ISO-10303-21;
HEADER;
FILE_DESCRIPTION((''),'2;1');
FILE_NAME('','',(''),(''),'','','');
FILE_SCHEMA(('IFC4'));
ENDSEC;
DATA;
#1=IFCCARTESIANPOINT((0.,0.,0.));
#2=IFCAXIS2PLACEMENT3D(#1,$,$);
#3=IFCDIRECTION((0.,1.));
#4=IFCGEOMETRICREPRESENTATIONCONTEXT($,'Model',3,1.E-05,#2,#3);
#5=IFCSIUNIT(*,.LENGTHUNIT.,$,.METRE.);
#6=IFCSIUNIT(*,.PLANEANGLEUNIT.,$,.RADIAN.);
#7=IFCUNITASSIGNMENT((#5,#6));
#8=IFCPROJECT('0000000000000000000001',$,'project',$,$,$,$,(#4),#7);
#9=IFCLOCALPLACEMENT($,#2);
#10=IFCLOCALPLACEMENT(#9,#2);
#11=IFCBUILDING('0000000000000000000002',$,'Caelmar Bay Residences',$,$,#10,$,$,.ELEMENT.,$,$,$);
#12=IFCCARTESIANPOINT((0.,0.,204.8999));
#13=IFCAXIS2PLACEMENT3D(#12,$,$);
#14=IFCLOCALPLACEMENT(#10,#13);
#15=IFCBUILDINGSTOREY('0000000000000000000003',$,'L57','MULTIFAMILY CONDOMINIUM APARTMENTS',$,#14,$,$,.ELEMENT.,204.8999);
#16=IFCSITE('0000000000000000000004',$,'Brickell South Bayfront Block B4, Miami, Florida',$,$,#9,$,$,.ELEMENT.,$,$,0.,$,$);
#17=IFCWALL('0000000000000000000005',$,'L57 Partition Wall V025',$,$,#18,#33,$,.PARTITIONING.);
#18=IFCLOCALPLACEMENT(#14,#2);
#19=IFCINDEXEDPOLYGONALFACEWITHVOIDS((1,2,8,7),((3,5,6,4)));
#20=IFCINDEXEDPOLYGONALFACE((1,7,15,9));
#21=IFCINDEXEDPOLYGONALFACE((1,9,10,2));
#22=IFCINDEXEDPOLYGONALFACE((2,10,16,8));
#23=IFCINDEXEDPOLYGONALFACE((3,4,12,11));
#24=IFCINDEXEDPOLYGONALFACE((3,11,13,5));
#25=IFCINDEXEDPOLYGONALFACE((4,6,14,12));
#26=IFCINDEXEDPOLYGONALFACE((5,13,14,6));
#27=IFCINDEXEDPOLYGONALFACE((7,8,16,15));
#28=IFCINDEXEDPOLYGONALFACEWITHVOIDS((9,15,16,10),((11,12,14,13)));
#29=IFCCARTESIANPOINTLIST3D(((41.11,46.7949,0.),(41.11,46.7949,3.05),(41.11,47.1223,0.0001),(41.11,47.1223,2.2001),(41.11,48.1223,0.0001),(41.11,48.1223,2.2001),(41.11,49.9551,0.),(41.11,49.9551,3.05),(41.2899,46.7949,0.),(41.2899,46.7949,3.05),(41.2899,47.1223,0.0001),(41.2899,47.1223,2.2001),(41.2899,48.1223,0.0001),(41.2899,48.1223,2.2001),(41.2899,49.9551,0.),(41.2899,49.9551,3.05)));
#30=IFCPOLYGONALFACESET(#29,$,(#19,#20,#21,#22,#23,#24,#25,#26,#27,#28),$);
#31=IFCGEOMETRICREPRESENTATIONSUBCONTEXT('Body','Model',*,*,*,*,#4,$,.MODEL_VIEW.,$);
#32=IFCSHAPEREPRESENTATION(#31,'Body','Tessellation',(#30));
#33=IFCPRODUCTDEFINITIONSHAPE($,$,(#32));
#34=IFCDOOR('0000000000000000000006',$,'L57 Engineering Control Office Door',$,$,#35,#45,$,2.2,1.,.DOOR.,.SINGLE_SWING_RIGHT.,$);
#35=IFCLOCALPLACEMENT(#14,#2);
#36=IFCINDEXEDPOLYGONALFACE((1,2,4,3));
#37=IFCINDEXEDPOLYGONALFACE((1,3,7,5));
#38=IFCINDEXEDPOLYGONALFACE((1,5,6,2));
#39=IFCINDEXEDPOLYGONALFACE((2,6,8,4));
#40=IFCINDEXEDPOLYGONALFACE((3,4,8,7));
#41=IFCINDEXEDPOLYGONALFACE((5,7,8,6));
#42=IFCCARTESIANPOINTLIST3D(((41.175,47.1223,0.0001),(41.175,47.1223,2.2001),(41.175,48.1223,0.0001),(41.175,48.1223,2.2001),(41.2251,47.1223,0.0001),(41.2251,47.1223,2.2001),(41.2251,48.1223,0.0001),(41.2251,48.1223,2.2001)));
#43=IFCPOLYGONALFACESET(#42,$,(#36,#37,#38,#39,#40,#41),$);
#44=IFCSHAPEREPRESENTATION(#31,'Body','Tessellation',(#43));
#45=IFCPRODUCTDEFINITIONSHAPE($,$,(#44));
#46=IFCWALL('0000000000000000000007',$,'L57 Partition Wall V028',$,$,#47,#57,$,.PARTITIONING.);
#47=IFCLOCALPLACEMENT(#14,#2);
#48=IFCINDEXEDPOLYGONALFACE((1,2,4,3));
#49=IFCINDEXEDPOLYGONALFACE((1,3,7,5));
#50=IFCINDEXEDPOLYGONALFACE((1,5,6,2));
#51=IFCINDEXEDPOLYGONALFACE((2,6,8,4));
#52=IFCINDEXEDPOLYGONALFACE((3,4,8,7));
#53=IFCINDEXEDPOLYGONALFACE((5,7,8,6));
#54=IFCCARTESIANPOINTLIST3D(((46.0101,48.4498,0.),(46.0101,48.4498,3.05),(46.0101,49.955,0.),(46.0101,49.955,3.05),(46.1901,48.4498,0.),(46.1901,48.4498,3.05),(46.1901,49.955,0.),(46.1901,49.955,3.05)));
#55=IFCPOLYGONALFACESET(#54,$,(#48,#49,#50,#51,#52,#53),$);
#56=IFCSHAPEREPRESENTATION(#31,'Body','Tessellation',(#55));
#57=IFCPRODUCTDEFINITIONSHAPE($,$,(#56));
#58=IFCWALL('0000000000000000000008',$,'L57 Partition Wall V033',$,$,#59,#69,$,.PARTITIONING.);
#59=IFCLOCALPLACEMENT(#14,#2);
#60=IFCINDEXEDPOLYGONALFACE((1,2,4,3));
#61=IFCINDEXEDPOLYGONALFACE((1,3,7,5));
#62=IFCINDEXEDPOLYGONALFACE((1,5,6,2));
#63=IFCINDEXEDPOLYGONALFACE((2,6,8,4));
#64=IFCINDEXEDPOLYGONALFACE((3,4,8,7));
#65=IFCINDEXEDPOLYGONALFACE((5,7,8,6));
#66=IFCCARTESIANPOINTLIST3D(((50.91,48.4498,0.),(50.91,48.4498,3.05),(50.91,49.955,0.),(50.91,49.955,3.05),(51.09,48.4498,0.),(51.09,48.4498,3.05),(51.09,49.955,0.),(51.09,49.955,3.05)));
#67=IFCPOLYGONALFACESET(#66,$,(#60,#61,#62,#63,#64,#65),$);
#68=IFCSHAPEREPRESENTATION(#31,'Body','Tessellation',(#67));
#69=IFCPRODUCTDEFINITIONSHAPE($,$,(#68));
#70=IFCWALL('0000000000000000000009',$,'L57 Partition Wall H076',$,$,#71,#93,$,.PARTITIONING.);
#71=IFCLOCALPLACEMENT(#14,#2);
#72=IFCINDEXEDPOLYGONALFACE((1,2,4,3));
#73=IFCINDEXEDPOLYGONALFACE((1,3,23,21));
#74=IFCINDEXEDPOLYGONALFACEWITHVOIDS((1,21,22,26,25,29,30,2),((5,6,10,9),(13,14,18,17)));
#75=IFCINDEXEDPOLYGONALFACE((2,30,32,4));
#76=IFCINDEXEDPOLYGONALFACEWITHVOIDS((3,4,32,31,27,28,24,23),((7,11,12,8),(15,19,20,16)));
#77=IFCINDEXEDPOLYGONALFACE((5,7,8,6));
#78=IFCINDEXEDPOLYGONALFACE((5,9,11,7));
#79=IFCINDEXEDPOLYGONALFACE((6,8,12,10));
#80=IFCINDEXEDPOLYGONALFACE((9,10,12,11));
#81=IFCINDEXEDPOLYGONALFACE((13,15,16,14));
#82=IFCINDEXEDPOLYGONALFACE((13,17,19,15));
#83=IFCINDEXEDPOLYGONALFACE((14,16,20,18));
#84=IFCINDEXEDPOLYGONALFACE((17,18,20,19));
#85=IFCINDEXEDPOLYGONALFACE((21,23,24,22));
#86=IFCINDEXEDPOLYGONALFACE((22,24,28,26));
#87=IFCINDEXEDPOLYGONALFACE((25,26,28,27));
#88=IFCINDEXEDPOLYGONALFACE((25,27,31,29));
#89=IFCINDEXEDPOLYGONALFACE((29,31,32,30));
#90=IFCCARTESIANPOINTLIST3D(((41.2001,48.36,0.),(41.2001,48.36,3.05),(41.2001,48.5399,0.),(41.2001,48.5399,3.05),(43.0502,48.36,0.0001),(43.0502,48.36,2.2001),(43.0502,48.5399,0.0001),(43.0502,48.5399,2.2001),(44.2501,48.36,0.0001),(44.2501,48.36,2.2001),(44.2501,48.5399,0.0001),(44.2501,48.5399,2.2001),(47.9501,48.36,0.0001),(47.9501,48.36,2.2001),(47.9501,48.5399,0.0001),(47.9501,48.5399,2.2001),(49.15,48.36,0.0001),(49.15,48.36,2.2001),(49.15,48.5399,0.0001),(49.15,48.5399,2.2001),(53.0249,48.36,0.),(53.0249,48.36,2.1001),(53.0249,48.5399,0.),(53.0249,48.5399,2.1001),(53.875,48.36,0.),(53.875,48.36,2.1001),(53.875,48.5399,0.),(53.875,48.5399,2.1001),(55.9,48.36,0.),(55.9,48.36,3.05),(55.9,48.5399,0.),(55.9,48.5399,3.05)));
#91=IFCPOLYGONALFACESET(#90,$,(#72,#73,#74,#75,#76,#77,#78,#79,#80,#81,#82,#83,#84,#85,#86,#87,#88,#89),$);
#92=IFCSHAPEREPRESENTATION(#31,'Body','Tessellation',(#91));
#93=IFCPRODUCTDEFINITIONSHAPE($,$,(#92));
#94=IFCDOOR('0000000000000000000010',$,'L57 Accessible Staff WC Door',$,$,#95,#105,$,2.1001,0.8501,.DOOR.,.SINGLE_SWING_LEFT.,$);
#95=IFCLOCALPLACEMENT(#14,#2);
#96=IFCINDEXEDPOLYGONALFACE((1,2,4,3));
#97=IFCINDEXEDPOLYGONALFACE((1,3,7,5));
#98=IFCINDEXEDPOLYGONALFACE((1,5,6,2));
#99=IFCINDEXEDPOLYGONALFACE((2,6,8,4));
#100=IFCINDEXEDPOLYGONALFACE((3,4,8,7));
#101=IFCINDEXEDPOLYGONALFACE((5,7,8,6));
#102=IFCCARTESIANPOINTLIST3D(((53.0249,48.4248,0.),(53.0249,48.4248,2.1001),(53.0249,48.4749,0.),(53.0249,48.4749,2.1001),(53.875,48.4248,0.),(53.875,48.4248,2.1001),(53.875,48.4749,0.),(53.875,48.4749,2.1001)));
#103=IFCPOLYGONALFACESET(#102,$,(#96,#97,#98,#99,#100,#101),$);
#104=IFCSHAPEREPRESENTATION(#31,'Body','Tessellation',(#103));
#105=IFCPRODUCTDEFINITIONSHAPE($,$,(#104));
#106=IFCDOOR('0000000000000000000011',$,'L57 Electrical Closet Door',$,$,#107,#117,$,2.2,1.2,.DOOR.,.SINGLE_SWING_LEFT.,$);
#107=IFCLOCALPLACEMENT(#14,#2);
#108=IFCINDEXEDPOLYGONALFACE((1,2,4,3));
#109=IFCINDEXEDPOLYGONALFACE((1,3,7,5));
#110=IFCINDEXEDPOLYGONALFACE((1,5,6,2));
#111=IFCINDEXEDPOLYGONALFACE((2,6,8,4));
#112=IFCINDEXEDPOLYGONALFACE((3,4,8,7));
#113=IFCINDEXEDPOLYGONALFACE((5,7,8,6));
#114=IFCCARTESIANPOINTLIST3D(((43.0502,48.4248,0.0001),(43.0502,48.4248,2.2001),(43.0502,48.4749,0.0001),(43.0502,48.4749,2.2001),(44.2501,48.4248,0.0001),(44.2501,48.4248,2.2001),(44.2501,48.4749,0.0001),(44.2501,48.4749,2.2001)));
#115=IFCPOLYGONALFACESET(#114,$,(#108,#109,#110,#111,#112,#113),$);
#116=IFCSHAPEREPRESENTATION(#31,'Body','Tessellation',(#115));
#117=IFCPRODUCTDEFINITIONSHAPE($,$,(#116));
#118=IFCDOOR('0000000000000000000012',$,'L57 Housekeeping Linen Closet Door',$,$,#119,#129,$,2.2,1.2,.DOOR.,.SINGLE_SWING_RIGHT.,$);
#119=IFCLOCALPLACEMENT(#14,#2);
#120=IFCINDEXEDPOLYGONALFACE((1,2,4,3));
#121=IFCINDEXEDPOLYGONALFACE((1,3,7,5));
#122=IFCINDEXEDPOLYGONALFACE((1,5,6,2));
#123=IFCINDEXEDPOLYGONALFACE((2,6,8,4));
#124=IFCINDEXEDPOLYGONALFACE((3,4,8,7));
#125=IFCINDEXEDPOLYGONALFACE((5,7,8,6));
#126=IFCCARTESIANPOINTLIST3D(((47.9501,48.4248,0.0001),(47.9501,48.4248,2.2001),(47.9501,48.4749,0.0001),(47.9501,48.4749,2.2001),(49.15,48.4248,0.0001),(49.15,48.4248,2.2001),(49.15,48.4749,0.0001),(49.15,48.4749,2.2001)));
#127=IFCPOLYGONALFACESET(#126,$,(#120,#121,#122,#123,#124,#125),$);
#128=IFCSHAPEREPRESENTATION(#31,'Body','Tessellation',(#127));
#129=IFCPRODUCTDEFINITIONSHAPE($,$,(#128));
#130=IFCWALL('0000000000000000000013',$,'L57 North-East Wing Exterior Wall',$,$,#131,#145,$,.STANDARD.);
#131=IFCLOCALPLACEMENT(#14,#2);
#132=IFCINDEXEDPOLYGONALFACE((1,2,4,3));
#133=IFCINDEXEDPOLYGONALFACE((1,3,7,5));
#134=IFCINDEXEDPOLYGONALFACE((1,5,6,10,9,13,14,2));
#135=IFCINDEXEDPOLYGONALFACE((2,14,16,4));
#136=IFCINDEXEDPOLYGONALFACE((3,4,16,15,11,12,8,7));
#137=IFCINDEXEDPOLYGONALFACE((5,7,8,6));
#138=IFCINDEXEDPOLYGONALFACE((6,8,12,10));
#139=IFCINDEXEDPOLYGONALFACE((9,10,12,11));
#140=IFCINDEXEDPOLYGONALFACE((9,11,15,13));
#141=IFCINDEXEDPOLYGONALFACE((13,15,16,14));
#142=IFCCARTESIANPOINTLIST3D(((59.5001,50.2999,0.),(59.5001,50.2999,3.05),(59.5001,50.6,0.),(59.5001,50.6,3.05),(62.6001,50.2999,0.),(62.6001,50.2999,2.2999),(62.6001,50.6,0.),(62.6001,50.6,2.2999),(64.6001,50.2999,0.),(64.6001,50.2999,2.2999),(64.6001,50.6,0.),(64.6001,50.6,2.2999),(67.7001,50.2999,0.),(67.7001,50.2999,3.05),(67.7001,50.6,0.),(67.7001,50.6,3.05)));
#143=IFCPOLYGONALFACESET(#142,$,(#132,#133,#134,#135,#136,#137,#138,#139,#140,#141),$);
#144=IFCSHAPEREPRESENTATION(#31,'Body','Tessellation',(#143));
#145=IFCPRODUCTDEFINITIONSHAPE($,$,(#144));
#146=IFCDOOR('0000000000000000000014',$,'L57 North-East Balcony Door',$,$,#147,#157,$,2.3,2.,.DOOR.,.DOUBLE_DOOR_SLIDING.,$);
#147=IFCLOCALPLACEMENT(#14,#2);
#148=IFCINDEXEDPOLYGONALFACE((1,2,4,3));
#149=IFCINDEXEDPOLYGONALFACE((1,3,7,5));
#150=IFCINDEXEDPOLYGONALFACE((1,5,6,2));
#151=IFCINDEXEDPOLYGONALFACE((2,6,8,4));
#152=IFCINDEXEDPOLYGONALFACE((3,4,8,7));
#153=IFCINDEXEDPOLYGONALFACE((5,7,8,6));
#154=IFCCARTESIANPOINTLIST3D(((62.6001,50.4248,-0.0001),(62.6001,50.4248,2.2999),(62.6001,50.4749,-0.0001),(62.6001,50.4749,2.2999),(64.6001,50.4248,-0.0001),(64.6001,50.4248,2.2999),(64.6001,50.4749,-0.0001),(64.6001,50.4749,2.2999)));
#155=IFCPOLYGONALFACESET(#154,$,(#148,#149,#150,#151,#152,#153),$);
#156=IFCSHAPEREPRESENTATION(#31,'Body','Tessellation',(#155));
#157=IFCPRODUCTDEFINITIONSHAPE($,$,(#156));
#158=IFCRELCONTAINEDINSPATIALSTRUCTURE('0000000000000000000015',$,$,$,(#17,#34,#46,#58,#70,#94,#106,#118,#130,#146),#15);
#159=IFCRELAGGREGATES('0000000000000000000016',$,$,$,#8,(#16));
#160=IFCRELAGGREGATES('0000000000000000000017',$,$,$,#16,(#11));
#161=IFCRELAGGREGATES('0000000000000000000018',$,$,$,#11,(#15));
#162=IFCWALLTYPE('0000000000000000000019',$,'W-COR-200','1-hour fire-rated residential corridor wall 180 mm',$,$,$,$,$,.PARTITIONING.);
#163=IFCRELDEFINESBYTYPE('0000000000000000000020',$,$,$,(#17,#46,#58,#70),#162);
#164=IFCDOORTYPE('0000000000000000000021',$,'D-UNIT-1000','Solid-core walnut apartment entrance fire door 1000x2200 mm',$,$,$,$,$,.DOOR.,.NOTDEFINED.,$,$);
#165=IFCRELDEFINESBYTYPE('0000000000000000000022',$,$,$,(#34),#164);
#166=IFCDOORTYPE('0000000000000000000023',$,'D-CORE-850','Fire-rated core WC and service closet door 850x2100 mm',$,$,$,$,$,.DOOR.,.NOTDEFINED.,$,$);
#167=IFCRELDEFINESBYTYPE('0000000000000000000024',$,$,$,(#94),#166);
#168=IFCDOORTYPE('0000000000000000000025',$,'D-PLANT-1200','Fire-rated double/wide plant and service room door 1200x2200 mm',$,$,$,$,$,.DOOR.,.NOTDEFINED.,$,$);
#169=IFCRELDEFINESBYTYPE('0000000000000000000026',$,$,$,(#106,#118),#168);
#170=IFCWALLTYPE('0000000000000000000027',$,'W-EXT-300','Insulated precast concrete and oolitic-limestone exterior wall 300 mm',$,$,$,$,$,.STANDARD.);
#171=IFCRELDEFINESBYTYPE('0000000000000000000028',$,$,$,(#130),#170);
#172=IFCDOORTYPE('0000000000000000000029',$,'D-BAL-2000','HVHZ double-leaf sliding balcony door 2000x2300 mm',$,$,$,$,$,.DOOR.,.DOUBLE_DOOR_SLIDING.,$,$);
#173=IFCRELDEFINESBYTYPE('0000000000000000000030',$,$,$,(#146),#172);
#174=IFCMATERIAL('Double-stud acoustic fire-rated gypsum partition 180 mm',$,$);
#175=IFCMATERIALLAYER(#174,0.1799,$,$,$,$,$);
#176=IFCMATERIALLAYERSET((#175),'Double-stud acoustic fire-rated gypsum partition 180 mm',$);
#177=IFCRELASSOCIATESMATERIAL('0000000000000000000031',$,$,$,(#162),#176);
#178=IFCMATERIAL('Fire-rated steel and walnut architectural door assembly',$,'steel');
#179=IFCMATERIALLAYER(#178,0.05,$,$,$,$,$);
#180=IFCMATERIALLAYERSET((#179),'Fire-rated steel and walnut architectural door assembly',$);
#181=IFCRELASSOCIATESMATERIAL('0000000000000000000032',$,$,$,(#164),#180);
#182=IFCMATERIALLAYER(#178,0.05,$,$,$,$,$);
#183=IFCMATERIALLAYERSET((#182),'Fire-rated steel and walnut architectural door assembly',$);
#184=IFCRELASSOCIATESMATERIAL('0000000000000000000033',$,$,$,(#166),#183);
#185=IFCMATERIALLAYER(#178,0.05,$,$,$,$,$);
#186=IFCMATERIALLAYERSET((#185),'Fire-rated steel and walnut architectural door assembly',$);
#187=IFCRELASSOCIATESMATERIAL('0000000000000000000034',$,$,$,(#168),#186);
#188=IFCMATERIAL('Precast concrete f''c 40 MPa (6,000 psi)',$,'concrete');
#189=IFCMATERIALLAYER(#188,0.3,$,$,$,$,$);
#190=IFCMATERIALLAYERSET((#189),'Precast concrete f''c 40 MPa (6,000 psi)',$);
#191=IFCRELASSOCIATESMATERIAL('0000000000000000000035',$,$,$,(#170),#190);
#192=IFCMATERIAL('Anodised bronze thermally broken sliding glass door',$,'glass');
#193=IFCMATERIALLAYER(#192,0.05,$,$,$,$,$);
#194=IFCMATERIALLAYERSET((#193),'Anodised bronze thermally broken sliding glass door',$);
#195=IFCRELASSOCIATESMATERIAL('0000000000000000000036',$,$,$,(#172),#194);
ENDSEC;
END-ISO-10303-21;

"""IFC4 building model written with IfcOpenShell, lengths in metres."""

from ifc_helpers import new_model, si_unit, direction, frame, frame_2d, origin, place, context, subcontext, project, spatial, rectangle, extrude, material, layer, layer_set, type_object, element, fill, save


model = new_model("IFC4")

# Units and contexts
model_context = context("Model", 3, precision=1e-05, world=origin(), true_north=direction((0.0, 1.0)))
body_context = subcontext(model_context, "Body", "Model", "MODEL_VIEW")
ifc_project = project(units=[si_unit("LENGTHUNIT", "METRE"), si_unit("PLANEANGLEUNIT", "RADIAN")], contexts=[model_context])

# Site, building, storey
site_placement = place(None, origin())
site = spatial("IfcSite", under=ifc_project, at=site_placement, Name="Brickell South Bayfront Block B4, Miami, Florida", CompositionType="ELEMENT", RefElevation=0.0)
building_placement = place(site_placement, origin())
building = spatial("IfcBuilding", under=site, at=building_placement, Name="Caelmar Bay Residences", CompositionType="ELEMENT")
storey_placement = place(building_placement, frame((0.0, 0.0, 204.8999)))
storey = spatial("IfcBuildingStorey", under=building, at=storey_placement, Name="L57", Description="MULTIFAMILY CONDOMINIUM APARTMENTS", CompositionType="ELEMENT", Elevation=204.8999)

# Wall, opening, door
ifc_material_1 = material(Name="Double-stud acoustic fire-rated gypsum partition 180 mm")
ifc_layer_1 = layer(ifc_material_1, 0.1799)
ifc_layer_set_1 = layer_set([ifc_layer_1], Name="Double-stud acoustic fire-rated gypsum partition 180 mm")
wall_type_1 = type_object("IfcWallType", Name="W-COR-200", Description="1-hour fire-rated residential corridor wall 180 mm", PredefinedType="PARTITIONING", material=ifc_layer_set_1)
wall_1_placement = place(storey_placement, frame((41.2, 46.7949, 0.0), z_axis=(0.0, 0.0, 1.0), x_axis=(0.0, 1.0, 0.0)))
wall_1 = element("IfcWall", 1, at=wall_1_placement, inside=storey, type_object=wall_type_1, Name="L57 Partition Wall V025", PredefinedType="PARTITIONING", context=body_context, shape_type="SweptSolid", body=[
    extrude(rectangle(XDim=3.1602, YDim=0.1799, at=frame_2d((1.5801, 0.0))), origin(), (0.0, 0.0, 1.0), 3.05),
])
opening_1_placement = place(wall_1_placement, frame((0.3274, 0.0, 0.0)))
opening_1 = element("IfcOpeningElement", 2, at=opening_1_placement, cuts=wall_1, PredefinedType="OPENING", context=body_context, shape_type="SweptSolid", body=[
    extrude(rectangle(XDim=1.0, YDim=2.2, at=frame_2d((0.5, 1.1001))), frame((0.0, 0.0999, 0.0), z_axis=(0.0, -1.0, 0.0), x_axis=(1.0, 0.0, 0.0)), (0.0, 0.0, 1.0), 0.2),
])
ifc_material_2 = material(Name="Fire-rated steel and walnut architectural door assembly", Category="steel")
ifc_layer_2 = layer(ifc_material_2, 0.05)
ifc_layer_set_2 = layer_set([ifc_layer_2], Name="Fire-rated steel and walnut architectural door assembly")
door_type_1 = type_object("IfcDoorType", Name="D-UNIT-1000", Description="Solid-core walnut apartment entrance fire door 1000x2200 mm", OperationType="NOTDEFINED", PredefinedType="DOOR", material=ifc_layer_set_2)
door_1_placement = place(opening_1_placement, origin())
door_1 = element("IfcDoor", 3, at=door_1_placement, inside=storey, type_object=door_type_1, Name="L57 Engineering Control Office Door", OperationType="SINGLE_SWING_RIGHT", OverallHeight=2.2, OverallWidth=1.0, PredefinedType="DOOR", context=body_context, shape_type="SweptSolid", body=[
    extrude(rectangle(XDim=1.0, YDim=2.2, at=frame_2d((0.5, 1.1001))), frame((0.0, 0.0249, 0.0), z_axis=(0.0, -1.0, 0.0), x_axis=(1.0, 0.0, 0.0)), (0.0, 0.0, 1.0), 0.05),
])
fill(opening_1, door_1)

# Walls
for number, where, z_axis, x_axis, name in (
    (4, (46.1001, 48.45, 0.0), (0.0, 0.0, 1.0), (0.0, 1.0, 0.0), "L57 Partition Wall V028"),
    (5, (51.0, 48.45, 0.0), (0.0, 0.0, 1.0), (0.0, 1.0, 0.0), "L57 Partition Wall V033"),
):
    element("IfcWall", number, at=place(storey_placement, frame(where, z_axis=z_axis, x_axis=x_axis)), inside=storey, type_object=wall_type_1, Name=name, PredefinedType="PARTITIONING", context=body_context, shape_type="SweptSolid", body=[
        extrude(rectangle(XDim=1.5051, YDim=0.1799, at=frame_2d((0.7524, 0.0))), origin(), (0.0, 0.0, 1.0), 3.05),
    ])

# Wall, openings, doors
wall_2_placement = place(storey_placement, frame((41.2, 48.45, 0.0), z_axis=(0.0, 0.0, 1.0), x_axis=(1.0, 0.0, 0.0)))
wall_2 = element("IfcWall", 6, at=wall_2_placement, inside=storey, type_object=wall_type_1, Name="L57 Partition Wall H076", PredefinedType="PARTITIONING", context=body_context, shape_type="SweptSolid", body=[
    extrude(rectangle(XDim=14.7, YDim=0.1799, at=frame_2d((7.3501, 0.0))), origin(), (0.0, 0.0, 1.0), 3.05),
])
opening_2_placement = place(wall_2_placement, frame((1.8501, 0.0, 0.0)))
opening_2 = element("IfcOpeningElement", 7, at=opening_2_placement, cuts=wall_2, PredefinedType="OPENING", context=body_context, shape_type="SweptSolid", body=[
    extrude(rectangle(XDim=1.2, YDim=2.2, at=frame_2d((0.6001, 1.1001))), frame((0.0, 0.0999, 0.0), z_axis=(0.0, -1.0, 0.0), x_axis=(1.0, 0.0, 0.0)), (0.0, 0.0, 1.0), 0.2),
])
opening_3_placement = place(wall_2_placement, frame((6.75, 0.0, 0.0)))
opening_3 = element("IfcOpeningElement", 8, at=opening_3_placement, cuts=wall_2, PredefinedType="OPENING", context=body_context, shape_type="SweptSolid", body=[
    extrude(rectangle(XDim=1.2, YDim=2.2, at=frame_2d((0.6001, 1.1001))), frame((0.0, 0.0999, 0.0), z_axis=(0.0, -1.0, 0.0), x_axis=(1.0, 0.0, 0.0)), (0.0, 0.0, 1.0), 0.2),
])
opening_4_placement = place(wall_2_placement, frame((11.825, 0.0, 0.0)))
opening_4 = element("IfcOpeningElement", 9, at=opening_4_placement, cuts=wall_2, PredefinedType="OPENING", context=body_context, shape_type="SweptSolid", body=[
    extrude(rectangle(XDim=0.8501, YDim=2.1001, at=frame_2d((0.425, 1.05))), frame((0.0, 0.0999, 0.0), z_axis=(0.0, -1.0, 0.0), x_axis=(1.0, 0.0, 0.0)), (0.0, 0.0, 1.0), 0.2),
])
ifc_layer_3 = layer(ifc_material_2, 0.05)
ifc_layer_set_3 = layer_set([ifc_layer_3], Name="Fire-rated steel and walnut architectural door assembly")
door_type_2 = type_object("IfcDoorType", Name="D-CORE-850", Description="Fire-rated core WC and service closet door 850x2100 mm", OperationType="NOTDEFINED", PredefinedType="DOOR", material=ifc_layer_set_3)
door_2_placement = place(opening_4_placement, origin())
door_2 = element("IfcDoor", 10, at=door_2_placement, inside=storey, type_object=door_type_2, Name="L57 Accessible Staff WC Door", OperationType="SINGLE_SWING_LEFT", OverallHeight=2.1001, OverallWidth=0.8501, PredefinedType="DOOR", context=body_context, shape_type="SweptSolid", body=[
    extrude(rectangle(XDim=0.8501, YDim=2.1001, at=frame_2d((0.425, 1.05))), frame((0.0, 0.0249, 0.0), z_axis=(0.0, -1.0, 0.0), x_axis=(1.0, 0.0, 0.0)), (0.0, 0.0, 1.0), 0.05),
])
fill(opening_4, door_2)
ifc_layer_4 = layer(ifc_material_2, 0.05)
ifc_layer_set_4 = layer_set([ifc_layer_4], Name="Fire-rated steel and walnut architectural door assembly")
door_type_3 = type_object("IfcDoorType", Name="D-PLANT-1200", Description="Fire-rated double/wide plant and service room door 1200x2200 mm", OperationType="NOTDEFINED", PredefinedType="DOOR", material=ifc_layer_set_4)
door_3_placement = place(opening_2_placement, origin())
door_3 = element("IfcDoor", 11, at=door_3_placement, inside=storey, type_object=door_type_3, Name="L57 Electrical Closet Door", OperationType="SINGLE_SWING_LEFT", OverallHeight=2.2, OverallWidth=1.2, PredefinedType="DOOR", context=body_context, shape_type="SweptSolid", body=[
    extrude(rectangle(XDim=1.2, YDim=2.2, at=frame_2d((0.6001, 1.1001))), frame((0.0, 0.0249, 0.0), z_axis=(0.0, -1.0, 0.0), x_axis=(1.0, 0.0, 0.0)), (0.0, 0.0, 1.0), 0.05),
])
fill(opening_2, door_3)
door_4_placement = place(opening_3_placement, origin())
door_4 = element("IfcDoor", 12, at=door_4_placement, inside=storey, type_object=door_type_3, Name="L57 Housekeeping Linen Closet Door", OperationType="SINGLE_SWING_RIGHT", OverallHeight=2.2, OverallWidth=1.2, PredefinedType="DOOR", context=body_context, shape_type="SweptSolid", body=[
    extrude(rectangle(XDim=1.2, YDim=2.2, at=frame_2d((0.6001, 1.1001))), frame((0.0, 0.0249, 0.0), z_axis=(0.0, -1.0, 0.0), x_axis=(1.0, 0.0, 0.0)), (0.0, 0.0, 1.0), 0.05),
])
fill(opening_3, door_4)

# Wall, opening, door
ifc_material_3 = material(Name="Precast concrete f'c 40 MPa (6,000 psi)", Category="concrete")
ifc_layer_5 = layer(ifc_material_3, 0.3)
ifc_layer_set_5 = layer_set([ifc_layer_5], Name="Precast concrete f'c 40 MPa (6,000 psi)")
wall_type_2 = type_object("IfcWallType", Name="W-EXT-300", Description="Insulated precast concrete and oolitic-limestone exterior wall 300 mm", PredefinedType="STANDARD", material=ifc_layer_set_5)
wall_3_placement = place(storey_placement, frame((59.5, 50.45, 0.0), z_axis=(0.0, 0.0, 1.0), x_axis=(1.0, 0.0, 0.0)))
wall_3 = element("IfcWall", 13, at=wall_3_placement, inside=storey, type_object=wall_type_2, Name="L57 North-East Wing Exterior Wall", PredefinedType="STANDARD", context=body_context, shape_type="SweptSolid", body=[
    extrude(rectangle(XDim=8.2, YDim=0.3, at=frame_2d((4.1001, 0.0))), origin(), (0.0, 0.0, 1.0), 3.05),
])
opening_5_placement = place(wall_3_placement, frame((3.1001, 0.0, 0.0)))
opening_5 = element("IfcOpeningElement", 14, at=opening_5_placement, cuts=wall_3, PredefinedType="OPENING", context=body_context, shape_type="SweptSolid", body=[
    extrude(rectangle(XDim=2.0, YDim=2.3, at=frame_2d((1.0, 1.1499))), frame((0.0, 0.1599, 0.0), z_axis=(0.0, -1.0, 0.0), x_axis=(1.0, 0.0, 0.0)), (0.0, 0.0, 1.0), 0.3201),
])
ifc_material_4 = material(Name="Anodised bronze thermally broken sliding glass door", Category="glass")
ifc_layer_6 = layer(ifc_material_4, 0.05)
ifc_layer_set_6 = layer_set([ifc_layer_6], Name="Anodised bronze thermally broken sliding glass door")
door_type_4 = type_object("IfcDoorType", Name="D-BAL-2000", Description="HVHZ double-leaf sliding balcony door 2000x2300 mm", OperationType="DOUBLE_DOOR_SLIDING", PredefinedType="DOOR", material=ifc_layer_set_6)
door_5_placement = place(opening_5_placement, origin())
door_5 = element("IfcDoor", 15, at=door_5_placement, inside=storey, type_object=door_type_4, Name="L57 North-East Balcony Door", OperationType="DOUBLE_DOOR_SLIDING", OverallHeight=2.3, OverallWidth=2.0, PredefinedType="DOOR", context=body_context, shape_type="SweptSolid", body=[
    extrude(rectangle(XDim=2.0, YDim=2.3, at=frame_2d((1.0, 1.1499))), frame((0.0, 0.0249, 0.0), z_axis=(0.0, -1.0, 0.0), x_axis=(1.0, 0.0, 0.0)), (0.0, 0.0, 1.0), 0.05),
])
fill(opening_5, door_5)

save(model, "model.ifc")
